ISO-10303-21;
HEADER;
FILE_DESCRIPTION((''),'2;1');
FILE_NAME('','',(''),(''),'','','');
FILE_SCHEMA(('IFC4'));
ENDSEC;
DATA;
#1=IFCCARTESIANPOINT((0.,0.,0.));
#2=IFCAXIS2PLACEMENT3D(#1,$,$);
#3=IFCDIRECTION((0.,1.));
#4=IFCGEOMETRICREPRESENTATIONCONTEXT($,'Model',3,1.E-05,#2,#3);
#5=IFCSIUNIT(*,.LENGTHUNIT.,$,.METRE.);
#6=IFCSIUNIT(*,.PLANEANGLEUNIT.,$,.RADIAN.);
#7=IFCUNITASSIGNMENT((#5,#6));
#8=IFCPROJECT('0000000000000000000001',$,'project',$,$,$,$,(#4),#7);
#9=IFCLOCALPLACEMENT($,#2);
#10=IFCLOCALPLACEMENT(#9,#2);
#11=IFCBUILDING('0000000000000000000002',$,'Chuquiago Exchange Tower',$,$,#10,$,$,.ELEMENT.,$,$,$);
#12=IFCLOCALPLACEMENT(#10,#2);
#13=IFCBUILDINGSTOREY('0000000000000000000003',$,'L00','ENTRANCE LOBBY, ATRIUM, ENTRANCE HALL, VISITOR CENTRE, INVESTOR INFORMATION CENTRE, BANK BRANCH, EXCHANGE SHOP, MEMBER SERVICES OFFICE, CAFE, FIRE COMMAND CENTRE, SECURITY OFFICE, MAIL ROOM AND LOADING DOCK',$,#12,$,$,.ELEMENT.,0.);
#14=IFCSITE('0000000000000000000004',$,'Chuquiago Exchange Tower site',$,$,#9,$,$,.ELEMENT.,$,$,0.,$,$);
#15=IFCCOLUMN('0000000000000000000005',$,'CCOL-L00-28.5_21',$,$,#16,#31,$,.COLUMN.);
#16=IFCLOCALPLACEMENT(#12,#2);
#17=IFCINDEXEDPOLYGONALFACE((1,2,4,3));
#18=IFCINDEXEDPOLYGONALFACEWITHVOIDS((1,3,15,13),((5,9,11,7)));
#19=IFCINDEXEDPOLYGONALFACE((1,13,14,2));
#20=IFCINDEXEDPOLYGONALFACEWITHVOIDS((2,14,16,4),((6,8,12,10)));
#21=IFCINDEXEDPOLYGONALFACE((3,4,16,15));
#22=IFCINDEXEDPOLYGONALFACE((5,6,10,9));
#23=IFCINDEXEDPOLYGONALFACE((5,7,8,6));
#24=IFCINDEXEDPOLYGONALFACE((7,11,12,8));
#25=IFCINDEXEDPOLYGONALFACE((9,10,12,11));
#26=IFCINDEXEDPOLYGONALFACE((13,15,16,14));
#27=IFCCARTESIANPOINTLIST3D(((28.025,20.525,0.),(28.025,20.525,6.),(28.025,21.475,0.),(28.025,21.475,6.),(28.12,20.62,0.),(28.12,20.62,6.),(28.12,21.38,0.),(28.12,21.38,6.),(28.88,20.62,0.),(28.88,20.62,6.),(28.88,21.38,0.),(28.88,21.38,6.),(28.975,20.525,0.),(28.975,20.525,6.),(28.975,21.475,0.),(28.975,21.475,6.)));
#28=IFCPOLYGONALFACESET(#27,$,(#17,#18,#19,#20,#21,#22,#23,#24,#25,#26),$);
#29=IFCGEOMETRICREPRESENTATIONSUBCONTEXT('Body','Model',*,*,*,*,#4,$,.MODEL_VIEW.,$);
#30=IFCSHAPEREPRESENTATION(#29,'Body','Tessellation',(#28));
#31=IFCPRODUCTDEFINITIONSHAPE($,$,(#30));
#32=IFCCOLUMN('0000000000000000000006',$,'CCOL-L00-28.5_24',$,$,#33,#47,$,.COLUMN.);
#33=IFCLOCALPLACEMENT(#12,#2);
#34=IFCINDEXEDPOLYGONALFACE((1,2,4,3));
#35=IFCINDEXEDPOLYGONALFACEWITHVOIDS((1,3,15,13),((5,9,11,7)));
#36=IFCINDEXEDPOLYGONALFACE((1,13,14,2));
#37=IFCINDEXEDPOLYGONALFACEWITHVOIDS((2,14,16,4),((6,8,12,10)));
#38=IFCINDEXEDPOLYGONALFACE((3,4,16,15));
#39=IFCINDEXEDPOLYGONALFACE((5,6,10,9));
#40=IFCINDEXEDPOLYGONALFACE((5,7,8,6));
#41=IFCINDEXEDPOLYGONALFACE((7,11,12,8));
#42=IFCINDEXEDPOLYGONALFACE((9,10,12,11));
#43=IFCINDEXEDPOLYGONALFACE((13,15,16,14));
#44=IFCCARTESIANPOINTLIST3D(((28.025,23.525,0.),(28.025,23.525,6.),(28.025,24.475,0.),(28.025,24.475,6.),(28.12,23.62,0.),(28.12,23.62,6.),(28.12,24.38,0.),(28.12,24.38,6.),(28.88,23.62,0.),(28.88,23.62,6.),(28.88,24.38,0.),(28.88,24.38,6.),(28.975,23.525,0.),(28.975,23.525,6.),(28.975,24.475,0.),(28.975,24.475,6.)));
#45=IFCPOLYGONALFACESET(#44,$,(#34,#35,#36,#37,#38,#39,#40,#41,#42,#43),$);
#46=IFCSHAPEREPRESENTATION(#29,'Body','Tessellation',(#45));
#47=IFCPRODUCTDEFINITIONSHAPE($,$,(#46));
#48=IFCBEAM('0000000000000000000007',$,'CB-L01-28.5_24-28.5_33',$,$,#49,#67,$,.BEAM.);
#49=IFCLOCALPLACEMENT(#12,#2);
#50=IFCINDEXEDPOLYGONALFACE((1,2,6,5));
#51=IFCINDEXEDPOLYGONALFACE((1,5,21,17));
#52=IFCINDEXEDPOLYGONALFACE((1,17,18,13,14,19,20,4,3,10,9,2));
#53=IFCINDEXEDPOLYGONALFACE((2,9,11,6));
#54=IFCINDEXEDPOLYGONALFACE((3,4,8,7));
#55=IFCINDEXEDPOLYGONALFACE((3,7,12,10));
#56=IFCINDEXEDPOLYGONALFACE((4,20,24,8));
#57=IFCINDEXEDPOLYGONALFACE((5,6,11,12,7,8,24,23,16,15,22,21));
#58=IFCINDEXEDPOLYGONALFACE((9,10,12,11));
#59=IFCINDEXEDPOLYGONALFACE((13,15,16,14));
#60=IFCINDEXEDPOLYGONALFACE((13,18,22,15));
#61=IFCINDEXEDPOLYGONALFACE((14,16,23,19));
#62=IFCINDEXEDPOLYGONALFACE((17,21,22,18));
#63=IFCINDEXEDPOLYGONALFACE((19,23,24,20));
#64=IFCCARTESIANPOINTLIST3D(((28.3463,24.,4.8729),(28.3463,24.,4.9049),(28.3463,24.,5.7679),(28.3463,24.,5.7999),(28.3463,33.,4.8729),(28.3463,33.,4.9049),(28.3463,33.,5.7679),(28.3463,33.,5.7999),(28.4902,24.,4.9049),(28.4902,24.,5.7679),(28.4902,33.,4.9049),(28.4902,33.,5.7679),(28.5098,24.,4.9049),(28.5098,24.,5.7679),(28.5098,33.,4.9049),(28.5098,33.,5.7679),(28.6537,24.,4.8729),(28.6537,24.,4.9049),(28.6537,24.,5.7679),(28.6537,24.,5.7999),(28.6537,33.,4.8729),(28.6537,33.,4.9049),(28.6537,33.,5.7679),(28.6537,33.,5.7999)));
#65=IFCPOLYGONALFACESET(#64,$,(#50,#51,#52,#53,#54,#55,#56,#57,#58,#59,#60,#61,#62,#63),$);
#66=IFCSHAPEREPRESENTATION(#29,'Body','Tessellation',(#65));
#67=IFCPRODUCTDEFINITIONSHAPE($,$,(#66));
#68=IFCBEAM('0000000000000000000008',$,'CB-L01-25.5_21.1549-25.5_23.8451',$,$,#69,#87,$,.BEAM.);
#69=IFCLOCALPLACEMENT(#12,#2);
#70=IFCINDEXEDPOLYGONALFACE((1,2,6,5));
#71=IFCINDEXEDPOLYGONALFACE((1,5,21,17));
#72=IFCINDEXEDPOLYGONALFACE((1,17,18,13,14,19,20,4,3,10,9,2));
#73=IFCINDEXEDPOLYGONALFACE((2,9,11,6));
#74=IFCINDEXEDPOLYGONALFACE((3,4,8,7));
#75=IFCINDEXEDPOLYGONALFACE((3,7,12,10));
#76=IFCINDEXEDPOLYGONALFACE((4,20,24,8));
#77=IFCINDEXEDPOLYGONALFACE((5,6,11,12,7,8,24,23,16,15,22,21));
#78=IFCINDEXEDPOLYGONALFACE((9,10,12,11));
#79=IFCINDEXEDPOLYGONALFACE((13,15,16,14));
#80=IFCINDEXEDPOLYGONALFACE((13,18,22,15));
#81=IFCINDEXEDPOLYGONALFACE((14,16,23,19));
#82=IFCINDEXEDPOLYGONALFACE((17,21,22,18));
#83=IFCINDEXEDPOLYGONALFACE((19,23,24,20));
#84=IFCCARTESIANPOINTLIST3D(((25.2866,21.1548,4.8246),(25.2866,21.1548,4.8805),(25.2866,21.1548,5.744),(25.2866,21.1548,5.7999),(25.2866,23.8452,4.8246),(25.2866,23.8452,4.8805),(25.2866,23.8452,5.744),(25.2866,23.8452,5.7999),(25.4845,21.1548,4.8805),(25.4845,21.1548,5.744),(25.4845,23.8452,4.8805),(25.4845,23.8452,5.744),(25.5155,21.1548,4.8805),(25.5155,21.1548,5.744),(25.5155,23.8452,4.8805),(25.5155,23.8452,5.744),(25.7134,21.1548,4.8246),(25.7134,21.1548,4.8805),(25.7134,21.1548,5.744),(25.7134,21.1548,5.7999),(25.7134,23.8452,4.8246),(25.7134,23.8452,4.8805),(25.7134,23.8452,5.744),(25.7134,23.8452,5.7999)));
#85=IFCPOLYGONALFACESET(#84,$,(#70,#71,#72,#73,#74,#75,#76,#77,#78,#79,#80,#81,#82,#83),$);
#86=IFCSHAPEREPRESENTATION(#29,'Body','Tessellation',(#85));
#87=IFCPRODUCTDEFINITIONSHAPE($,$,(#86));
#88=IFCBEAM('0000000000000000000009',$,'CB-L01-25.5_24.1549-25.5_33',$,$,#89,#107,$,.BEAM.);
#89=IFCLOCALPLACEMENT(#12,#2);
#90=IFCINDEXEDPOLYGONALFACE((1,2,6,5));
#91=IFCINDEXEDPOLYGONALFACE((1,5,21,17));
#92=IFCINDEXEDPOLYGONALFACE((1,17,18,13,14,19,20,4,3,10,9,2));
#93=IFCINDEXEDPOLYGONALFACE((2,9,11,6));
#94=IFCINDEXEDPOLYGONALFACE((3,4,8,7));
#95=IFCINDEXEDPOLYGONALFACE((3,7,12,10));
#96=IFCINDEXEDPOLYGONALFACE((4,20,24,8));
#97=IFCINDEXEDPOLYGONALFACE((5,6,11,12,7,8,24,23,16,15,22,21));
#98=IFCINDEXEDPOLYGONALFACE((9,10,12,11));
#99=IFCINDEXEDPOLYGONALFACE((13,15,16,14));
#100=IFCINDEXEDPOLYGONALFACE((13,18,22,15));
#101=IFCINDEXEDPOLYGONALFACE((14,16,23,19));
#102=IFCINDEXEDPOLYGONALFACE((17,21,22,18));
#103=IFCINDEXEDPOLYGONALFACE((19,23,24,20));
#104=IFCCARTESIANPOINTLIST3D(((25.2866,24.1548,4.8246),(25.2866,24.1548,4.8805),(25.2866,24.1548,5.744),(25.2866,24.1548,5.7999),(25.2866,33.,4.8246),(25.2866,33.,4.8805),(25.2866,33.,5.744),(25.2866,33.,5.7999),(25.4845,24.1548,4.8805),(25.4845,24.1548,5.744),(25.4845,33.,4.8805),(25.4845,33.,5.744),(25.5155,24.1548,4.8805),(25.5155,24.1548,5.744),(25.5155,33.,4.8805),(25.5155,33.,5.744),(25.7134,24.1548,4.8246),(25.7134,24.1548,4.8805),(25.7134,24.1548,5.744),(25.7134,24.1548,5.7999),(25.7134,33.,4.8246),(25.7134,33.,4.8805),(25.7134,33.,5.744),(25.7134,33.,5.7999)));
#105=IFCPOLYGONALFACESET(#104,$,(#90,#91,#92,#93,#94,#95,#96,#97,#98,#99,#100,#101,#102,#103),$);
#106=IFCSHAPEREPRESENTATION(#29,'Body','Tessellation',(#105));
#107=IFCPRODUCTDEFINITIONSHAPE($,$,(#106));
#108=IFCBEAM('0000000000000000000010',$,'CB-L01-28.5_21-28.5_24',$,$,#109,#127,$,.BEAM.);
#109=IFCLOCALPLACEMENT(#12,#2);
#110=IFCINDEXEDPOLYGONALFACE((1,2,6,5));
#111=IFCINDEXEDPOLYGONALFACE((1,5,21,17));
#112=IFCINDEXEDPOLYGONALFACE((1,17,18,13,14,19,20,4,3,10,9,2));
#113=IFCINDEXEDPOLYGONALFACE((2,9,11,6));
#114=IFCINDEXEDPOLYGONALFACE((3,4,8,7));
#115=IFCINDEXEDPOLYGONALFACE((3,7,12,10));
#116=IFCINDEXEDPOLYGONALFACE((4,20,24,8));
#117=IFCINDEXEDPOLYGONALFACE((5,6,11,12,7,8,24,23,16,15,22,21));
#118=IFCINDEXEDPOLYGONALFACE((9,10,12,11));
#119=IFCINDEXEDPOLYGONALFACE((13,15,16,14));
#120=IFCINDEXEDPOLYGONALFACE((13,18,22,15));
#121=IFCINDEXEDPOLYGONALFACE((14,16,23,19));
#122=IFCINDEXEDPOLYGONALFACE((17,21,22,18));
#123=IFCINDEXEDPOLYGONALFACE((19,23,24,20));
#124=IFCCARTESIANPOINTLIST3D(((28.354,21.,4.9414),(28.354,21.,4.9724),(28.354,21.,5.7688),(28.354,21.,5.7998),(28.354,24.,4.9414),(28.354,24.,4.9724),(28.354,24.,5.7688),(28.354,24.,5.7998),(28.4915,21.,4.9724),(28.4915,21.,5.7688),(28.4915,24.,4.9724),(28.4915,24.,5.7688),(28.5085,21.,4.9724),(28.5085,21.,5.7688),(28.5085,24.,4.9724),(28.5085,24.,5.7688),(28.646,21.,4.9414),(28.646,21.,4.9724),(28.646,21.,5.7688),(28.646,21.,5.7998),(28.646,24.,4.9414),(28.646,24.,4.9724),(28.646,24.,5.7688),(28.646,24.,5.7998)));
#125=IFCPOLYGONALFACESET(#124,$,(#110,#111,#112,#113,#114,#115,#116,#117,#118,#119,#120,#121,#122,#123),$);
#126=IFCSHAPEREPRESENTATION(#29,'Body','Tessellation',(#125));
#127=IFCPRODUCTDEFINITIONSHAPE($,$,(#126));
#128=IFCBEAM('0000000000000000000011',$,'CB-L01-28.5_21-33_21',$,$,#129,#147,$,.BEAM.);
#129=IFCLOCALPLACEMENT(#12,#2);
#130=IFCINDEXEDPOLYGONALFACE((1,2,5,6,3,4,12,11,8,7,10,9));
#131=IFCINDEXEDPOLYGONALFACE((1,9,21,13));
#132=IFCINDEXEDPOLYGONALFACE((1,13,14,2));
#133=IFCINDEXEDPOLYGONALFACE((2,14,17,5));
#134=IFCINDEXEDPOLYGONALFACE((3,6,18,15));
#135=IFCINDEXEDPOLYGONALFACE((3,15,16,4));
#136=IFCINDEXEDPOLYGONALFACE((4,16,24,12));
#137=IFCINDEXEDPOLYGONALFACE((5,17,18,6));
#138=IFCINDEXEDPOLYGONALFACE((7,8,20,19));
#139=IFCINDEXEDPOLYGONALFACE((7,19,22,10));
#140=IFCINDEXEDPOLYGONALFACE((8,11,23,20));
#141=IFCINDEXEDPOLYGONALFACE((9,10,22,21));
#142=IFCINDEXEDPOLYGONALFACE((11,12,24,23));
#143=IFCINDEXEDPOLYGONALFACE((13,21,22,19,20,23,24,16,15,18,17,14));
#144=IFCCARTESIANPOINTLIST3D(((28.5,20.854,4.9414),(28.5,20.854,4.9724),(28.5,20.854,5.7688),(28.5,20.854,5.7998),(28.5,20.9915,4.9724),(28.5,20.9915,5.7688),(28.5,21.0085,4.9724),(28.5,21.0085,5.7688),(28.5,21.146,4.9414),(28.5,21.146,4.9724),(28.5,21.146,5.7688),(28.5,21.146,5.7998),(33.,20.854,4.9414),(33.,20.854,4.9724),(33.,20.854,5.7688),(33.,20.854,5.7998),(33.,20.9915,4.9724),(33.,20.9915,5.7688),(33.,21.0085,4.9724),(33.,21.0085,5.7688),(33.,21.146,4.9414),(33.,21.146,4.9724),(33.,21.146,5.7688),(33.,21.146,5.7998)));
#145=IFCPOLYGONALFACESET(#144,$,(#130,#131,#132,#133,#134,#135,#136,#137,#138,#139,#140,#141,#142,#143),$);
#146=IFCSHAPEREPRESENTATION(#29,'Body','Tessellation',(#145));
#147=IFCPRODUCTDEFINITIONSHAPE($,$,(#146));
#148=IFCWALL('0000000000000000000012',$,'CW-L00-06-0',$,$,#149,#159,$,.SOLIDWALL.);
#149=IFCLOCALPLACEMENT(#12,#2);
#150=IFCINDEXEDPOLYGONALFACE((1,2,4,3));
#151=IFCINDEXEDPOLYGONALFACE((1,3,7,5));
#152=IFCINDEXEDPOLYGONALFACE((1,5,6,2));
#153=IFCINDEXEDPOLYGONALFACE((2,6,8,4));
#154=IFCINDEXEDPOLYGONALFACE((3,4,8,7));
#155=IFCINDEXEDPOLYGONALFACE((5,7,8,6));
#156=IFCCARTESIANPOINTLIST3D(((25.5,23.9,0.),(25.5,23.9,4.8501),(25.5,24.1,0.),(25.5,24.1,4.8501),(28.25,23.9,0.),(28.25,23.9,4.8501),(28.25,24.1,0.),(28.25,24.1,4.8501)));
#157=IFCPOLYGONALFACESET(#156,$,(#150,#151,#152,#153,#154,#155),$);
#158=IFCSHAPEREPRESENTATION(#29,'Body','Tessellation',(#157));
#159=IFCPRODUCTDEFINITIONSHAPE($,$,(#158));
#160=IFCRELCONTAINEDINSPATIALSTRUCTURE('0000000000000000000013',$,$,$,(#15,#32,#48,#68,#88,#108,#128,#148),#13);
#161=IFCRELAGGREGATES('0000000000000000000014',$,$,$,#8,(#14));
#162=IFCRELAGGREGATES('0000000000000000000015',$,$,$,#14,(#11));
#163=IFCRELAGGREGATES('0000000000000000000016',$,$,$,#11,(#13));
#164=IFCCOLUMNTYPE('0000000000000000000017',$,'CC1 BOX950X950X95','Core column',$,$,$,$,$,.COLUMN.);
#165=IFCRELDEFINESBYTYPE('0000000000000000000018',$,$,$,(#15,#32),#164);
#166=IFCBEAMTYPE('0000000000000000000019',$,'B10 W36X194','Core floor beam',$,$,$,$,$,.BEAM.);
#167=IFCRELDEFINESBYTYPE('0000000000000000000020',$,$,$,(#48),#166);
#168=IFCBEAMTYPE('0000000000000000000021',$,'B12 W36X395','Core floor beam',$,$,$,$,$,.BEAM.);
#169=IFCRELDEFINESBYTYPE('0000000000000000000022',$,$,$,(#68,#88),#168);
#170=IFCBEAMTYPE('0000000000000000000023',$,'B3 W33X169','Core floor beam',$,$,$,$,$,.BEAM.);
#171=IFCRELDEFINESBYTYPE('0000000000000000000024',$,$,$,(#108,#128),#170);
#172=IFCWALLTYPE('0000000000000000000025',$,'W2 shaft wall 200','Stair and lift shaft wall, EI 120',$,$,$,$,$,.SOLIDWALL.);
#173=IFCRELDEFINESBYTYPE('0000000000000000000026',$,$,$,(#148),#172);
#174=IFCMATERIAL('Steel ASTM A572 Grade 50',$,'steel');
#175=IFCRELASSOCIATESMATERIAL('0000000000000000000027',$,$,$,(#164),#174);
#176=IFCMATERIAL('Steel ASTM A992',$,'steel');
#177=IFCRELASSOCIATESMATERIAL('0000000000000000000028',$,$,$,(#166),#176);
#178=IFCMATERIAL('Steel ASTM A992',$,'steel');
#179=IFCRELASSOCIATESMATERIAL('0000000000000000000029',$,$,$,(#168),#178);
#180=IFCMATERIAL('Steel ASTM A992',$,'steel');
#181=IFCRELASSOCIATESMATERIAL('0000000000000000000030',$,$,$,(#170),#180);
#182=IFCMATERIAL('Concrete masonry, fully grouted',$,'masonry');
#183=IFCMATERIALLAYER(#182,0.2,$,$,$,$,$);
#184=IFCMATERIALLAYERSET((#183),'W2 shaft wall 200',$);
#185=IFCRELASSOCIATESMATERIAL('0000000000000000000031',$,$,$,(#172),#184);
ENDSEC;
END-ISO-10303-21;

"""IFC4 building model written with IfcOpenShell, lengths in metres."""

from ifc_helpers import new_model, si_unit, direction, frame, frame_2d, origin, origin_2d, place, context, subcontext, project, spatial, rectangle, hollow_rectangle, i_section, extrude, material, layer, layer_set, material_profile, profile_set, type_object, element, save


model = new_model("IFC4")

# Units and contexts
model_context = context("Model", 3, precision=1e-05, world=origin(), true_north=direction((0.0, 1.0)))
body_context = subcontext(model_context, "Body", "Model", "MODEL_VIEW")
ifc_project = project(units=[si_unit("LENGTHUNIT", "METRE"), si_unit("PLANEANGLEUNIT", "RADIAN")], contexts=[model_context])

# Site, building, storey
site_placement = place(None, origin())
site = spatial("IfcSite", under=ifc_project, at=site_placement, Name="Chuquiago Exchange Tower site", CompositionType="ELEMENT", RefElevation=0.0)
building_placement = place(site_placement, origin())
building = spatial("IfcBuilding", under=site, at=building_placement, Name="Chuquiago Exchange Tower", CompositionType="ELEMENT")
storey_placement = place(building_placement, origin())
storey = spatial("IfcBuildingStorey", under=building, at=storey_placement, Name="L00", Description="ENTRANCE LOBBY, ATRIUM, ENTRANCE HALL, VISITOR CENTRE, INVESTOR INFORMATION CENTRE, BANK BRANCH, EXCHANGE SHOP, MEMBER SERVICES OFFICE, CAFE, FIRE COMMAND CENTRE, SECURITY OFFICE, MAIL ROOM AND LOADING DOCK", CompositionType="ELEMENT", Elevation=0.0)

# Columns
ifc_material_1 = material(Name="Steel ASTM A572 Grade 50", Category="steel")
ifc_material_profile_1 = material_profile(ifc_material_1, hollow_rectangle(XDim=0.95, YDim=0.95, WallThickness=0.095, at=origin_2d()), Name="BOX950X950X95")
ifc_profile_set_1 = profile_set([ifc_material_profile_1], Name="Steel ASTM A572 Grade 50")
column_type = type_object("IfcColumnType", Name="CC1 BOX950X950X95", Description="Core column", PredefinedType="COLUMN", material=ifc_profile_set_1)
for number, where, z_axis, x_axis, name in (
    (1, (28.5, 21.0, 0.0), (0.0, 0.0, 1.0), (1.0, 0.0, 0.0), "CCOL-L00-28.5_21"),
    (2, (28.5, 24.0, 0.0), (0.0, 0.0, 1.0), (1.0, 0.0, 0.0), "CCOL-L00-28.5_24"),
):
    element("IfcColumn", number, at=place(storey_placement, frame(where, z_axis=z_axis, x_axis=x_axis)), inside=storey, type_object=column_type, Name=name, PredefinedType="COLUMN", context=body_context, shape_type="SweptSolid", body=[
        extrude(hollow_rectangle(XDim=0.95, YDim=0.95, WallThickness=0.095, at=origin_2d()), origin(), (0.0, 0.0, 1.0), 6.0),
    ])

# Beams
ifc_material_2 = material(Name="Steel ASTM A992", Category="steel")
ifc_material_profile_2 = material_profile(ifc_material_2, i_section(OverallWidth=0.3074, OverallDepth=0.927, WebThickness=0.0195, FlangeThickness=0.032, at=origin_2d()), Name="W36X194")
ifc_profile_set_2 = profile_set([ifc_material_profile_2], Name="Steel ASTM A992")
beam_type_1 = type_object("IfcBeamType", Name="B10 W36X194", Description="Core floor beam", PredefinedType="BEAM", material=ifc_profile_set_2)
beam_1_placement = place(storey_placement, frame((28.5, 24.0, 5.3364), z_axis=(0.0, 1.0, 0.0), x_axis=(-1.0, 0.0, 0.0)))
element("IfcBeam", 3, at=beam_1_placement, inside=storey, type_object=beam_type_1, Name="CB-L01-28.5_24-28.5_33", PredefinedType="BEAM", context=body_context, shape_type="SweptSolid", body=[
    extrude(i_section(OverallWidth=0.3074, OverallDepth=0.927, WebThickness=0.0195, FlangeThickness=0.032, at=origin_2d()), origin(), (0.0, 0.0, 1.0), 9.0),
])
ifc_material_3 = material(Name="Steel ASTM A992", Category="steel")
ifc_material_profile_3 = material_profile(ifc_material_3, i_section(OverallWidth=0.4268, OverallDepth=0.9753, WebThickness=0.031, FlangeThickness=0.0559, at=origin_2d()), Name="W36X395")
ifc_profile_set_3 = profile_set([ifc_material_profile_3], Name="Steel ASTM A992")
beam_type_2 = type_object("IfcBeamType", Name="B12 W36X395", Description="Core floor beam", PredefinedType="BEAM", material=ifc_profile_set_3)
beam_2_placement = place(storey_placement, frame((25.5, 21.1548, 5.3123), z_axis=(0.0, 1.0, 0.0), x_axis=(-1.0, 0.0, 0.0)))
element("IfcBeam", 4, at=beam_2_placement, inside=storey, type_object=beam_type_2, Name="CB-L01-25.5_21.1549-25.5_23.8451", PredefinedType="BEAM", context=body_context, shape_type="SweptSolid", body=[
    extrude(i_section(OverallWidth=0.4268, OverallDepth=0.9753, WebThickness=0.031, FlangeThickness=0.0559, at=origin_2d()), origin(), (0.0, 0.0, 1.0), 2.6904),
])
beam_3_placement = place(storey_placement, frame((25.5, 24.1548, 5.3123), z_axis=(0.0, 1.0, 0.0), x_axis=(-1.0, 0.0, 0.0)))
element("IfcBeam", 5, at=beam_3_placement, inside=storey, type_object=beam_type_2, Name="CB-L01-25.5_24.1549-25.5_33", PredefinedType="BEAM", context=body_context, shape_type="SweptSolid", body=[
    extrude(i_section(OverallWidth=0.4268, OverallDepth=0.9753, WebThickness=0.031, FlangeThickness=0.0559, at=origin_2d()), origin(), (0.0, 0.0, 1.0), 8.8452),
])
ifc_material_4 = material(Name="Steel ASTM A992", Category="steel")
ifc_material_profile_4 = material_profile(ifc_material_4, i_section(OverallWidth=0.292, OverallDepth=0.8584, WebThickness=0.0171, FlangeThickness=0.031, at=origin_2d()), Name="W33X169")
ifc_profile_set_4 = profile_set([ifc_material_profile_4], Name="Steel ASTM A992")
beam_type_3 = type_object("IfcBeamType", Name="B3 W33X169", Description="Core floor beam", PredefinedType="BEAM", material=ifc_profile_set_4)
beam_4_placement = place(storey_placement, frame((28.5, 21.0, 5.3706), z_axis=(0.0, 1.0, 0.0), x_axis=(-1.0, 0.0, 0.0)))
element("IfcBeam", 6, at=beam_4_placement, inside=storey, type_object=beam_type_3, Name="CB-L01-28.5_21-28.5_24", PredefinedType="BEAM", context=body_context, shape_type="SweptSolid", body=[
    extrude(i_section(OverallWidth=0.292, OverallDepth=0.8584, WebThickness=0.0171, FlangeThickness=0.031, at=origin_2d()), origin(), (0.0, 0.0, 1.0), 3.0),
])
beam_5_placement = place(storey_placement, frame((28.5, 21.0, 5.3706), z_axis=(1.0, 0.0, 0.0), x_axis=(0.0, 1.0, 0.0)))
element("IfcBeam", 7, at=beam_5_placement, inside=storey, type_object=beam_type_3, Name="CB-L01-28.5_21-33_21", PredefinedType="BEAM", context=body_context, shape_type="SweptSolid", body=[
    extrude(i_section(OverallWidth=0.292, OverallDepth=0.8584, WebThickness=0.0171, FlangeThickness=0.031, at=origin_2d()), origin(), (0.0, 0.0, 1.0), 4.5),
])

# Wall
ifc_material_5 = material(Name="Concrete masonry, fully grouted", Category="masonry")
ifc_layer = layer(ifc_material_5, 0.2)
ifc_layer_set = layer_set([ifc_layer], Name="W2 shaft wall 200")
wall_type = type_object("IfcWallType", Name="W2 shaft wall 200", Description="Stair and lift shaft wall, EI 120", PredefinedType="SOLIDWALL", material=ifc_layer_set)
wall_1_placement = place(storey_placement, frame((25.5, 24.0, 0.0), z_axis=(0.0, 0.0, 1.0), x_axis=(1.0, 0.0, 0.0)))
element("IfcWall", 8, at=wall_1_placement, inside=storey, type_object=wall_type, Name="CW-L00-06-0", PredefinedType="SOLIDWALL", context=body_context, shape_type="SweptSolid", body=[
    extrude(rectangle(XDim=2.75, YDim=0.2, at=frame_2d((1.375, 0.0))), origin(), (0.0, 0.0, 1.0), 4.8501),
])

save(model, "model.ifc")
